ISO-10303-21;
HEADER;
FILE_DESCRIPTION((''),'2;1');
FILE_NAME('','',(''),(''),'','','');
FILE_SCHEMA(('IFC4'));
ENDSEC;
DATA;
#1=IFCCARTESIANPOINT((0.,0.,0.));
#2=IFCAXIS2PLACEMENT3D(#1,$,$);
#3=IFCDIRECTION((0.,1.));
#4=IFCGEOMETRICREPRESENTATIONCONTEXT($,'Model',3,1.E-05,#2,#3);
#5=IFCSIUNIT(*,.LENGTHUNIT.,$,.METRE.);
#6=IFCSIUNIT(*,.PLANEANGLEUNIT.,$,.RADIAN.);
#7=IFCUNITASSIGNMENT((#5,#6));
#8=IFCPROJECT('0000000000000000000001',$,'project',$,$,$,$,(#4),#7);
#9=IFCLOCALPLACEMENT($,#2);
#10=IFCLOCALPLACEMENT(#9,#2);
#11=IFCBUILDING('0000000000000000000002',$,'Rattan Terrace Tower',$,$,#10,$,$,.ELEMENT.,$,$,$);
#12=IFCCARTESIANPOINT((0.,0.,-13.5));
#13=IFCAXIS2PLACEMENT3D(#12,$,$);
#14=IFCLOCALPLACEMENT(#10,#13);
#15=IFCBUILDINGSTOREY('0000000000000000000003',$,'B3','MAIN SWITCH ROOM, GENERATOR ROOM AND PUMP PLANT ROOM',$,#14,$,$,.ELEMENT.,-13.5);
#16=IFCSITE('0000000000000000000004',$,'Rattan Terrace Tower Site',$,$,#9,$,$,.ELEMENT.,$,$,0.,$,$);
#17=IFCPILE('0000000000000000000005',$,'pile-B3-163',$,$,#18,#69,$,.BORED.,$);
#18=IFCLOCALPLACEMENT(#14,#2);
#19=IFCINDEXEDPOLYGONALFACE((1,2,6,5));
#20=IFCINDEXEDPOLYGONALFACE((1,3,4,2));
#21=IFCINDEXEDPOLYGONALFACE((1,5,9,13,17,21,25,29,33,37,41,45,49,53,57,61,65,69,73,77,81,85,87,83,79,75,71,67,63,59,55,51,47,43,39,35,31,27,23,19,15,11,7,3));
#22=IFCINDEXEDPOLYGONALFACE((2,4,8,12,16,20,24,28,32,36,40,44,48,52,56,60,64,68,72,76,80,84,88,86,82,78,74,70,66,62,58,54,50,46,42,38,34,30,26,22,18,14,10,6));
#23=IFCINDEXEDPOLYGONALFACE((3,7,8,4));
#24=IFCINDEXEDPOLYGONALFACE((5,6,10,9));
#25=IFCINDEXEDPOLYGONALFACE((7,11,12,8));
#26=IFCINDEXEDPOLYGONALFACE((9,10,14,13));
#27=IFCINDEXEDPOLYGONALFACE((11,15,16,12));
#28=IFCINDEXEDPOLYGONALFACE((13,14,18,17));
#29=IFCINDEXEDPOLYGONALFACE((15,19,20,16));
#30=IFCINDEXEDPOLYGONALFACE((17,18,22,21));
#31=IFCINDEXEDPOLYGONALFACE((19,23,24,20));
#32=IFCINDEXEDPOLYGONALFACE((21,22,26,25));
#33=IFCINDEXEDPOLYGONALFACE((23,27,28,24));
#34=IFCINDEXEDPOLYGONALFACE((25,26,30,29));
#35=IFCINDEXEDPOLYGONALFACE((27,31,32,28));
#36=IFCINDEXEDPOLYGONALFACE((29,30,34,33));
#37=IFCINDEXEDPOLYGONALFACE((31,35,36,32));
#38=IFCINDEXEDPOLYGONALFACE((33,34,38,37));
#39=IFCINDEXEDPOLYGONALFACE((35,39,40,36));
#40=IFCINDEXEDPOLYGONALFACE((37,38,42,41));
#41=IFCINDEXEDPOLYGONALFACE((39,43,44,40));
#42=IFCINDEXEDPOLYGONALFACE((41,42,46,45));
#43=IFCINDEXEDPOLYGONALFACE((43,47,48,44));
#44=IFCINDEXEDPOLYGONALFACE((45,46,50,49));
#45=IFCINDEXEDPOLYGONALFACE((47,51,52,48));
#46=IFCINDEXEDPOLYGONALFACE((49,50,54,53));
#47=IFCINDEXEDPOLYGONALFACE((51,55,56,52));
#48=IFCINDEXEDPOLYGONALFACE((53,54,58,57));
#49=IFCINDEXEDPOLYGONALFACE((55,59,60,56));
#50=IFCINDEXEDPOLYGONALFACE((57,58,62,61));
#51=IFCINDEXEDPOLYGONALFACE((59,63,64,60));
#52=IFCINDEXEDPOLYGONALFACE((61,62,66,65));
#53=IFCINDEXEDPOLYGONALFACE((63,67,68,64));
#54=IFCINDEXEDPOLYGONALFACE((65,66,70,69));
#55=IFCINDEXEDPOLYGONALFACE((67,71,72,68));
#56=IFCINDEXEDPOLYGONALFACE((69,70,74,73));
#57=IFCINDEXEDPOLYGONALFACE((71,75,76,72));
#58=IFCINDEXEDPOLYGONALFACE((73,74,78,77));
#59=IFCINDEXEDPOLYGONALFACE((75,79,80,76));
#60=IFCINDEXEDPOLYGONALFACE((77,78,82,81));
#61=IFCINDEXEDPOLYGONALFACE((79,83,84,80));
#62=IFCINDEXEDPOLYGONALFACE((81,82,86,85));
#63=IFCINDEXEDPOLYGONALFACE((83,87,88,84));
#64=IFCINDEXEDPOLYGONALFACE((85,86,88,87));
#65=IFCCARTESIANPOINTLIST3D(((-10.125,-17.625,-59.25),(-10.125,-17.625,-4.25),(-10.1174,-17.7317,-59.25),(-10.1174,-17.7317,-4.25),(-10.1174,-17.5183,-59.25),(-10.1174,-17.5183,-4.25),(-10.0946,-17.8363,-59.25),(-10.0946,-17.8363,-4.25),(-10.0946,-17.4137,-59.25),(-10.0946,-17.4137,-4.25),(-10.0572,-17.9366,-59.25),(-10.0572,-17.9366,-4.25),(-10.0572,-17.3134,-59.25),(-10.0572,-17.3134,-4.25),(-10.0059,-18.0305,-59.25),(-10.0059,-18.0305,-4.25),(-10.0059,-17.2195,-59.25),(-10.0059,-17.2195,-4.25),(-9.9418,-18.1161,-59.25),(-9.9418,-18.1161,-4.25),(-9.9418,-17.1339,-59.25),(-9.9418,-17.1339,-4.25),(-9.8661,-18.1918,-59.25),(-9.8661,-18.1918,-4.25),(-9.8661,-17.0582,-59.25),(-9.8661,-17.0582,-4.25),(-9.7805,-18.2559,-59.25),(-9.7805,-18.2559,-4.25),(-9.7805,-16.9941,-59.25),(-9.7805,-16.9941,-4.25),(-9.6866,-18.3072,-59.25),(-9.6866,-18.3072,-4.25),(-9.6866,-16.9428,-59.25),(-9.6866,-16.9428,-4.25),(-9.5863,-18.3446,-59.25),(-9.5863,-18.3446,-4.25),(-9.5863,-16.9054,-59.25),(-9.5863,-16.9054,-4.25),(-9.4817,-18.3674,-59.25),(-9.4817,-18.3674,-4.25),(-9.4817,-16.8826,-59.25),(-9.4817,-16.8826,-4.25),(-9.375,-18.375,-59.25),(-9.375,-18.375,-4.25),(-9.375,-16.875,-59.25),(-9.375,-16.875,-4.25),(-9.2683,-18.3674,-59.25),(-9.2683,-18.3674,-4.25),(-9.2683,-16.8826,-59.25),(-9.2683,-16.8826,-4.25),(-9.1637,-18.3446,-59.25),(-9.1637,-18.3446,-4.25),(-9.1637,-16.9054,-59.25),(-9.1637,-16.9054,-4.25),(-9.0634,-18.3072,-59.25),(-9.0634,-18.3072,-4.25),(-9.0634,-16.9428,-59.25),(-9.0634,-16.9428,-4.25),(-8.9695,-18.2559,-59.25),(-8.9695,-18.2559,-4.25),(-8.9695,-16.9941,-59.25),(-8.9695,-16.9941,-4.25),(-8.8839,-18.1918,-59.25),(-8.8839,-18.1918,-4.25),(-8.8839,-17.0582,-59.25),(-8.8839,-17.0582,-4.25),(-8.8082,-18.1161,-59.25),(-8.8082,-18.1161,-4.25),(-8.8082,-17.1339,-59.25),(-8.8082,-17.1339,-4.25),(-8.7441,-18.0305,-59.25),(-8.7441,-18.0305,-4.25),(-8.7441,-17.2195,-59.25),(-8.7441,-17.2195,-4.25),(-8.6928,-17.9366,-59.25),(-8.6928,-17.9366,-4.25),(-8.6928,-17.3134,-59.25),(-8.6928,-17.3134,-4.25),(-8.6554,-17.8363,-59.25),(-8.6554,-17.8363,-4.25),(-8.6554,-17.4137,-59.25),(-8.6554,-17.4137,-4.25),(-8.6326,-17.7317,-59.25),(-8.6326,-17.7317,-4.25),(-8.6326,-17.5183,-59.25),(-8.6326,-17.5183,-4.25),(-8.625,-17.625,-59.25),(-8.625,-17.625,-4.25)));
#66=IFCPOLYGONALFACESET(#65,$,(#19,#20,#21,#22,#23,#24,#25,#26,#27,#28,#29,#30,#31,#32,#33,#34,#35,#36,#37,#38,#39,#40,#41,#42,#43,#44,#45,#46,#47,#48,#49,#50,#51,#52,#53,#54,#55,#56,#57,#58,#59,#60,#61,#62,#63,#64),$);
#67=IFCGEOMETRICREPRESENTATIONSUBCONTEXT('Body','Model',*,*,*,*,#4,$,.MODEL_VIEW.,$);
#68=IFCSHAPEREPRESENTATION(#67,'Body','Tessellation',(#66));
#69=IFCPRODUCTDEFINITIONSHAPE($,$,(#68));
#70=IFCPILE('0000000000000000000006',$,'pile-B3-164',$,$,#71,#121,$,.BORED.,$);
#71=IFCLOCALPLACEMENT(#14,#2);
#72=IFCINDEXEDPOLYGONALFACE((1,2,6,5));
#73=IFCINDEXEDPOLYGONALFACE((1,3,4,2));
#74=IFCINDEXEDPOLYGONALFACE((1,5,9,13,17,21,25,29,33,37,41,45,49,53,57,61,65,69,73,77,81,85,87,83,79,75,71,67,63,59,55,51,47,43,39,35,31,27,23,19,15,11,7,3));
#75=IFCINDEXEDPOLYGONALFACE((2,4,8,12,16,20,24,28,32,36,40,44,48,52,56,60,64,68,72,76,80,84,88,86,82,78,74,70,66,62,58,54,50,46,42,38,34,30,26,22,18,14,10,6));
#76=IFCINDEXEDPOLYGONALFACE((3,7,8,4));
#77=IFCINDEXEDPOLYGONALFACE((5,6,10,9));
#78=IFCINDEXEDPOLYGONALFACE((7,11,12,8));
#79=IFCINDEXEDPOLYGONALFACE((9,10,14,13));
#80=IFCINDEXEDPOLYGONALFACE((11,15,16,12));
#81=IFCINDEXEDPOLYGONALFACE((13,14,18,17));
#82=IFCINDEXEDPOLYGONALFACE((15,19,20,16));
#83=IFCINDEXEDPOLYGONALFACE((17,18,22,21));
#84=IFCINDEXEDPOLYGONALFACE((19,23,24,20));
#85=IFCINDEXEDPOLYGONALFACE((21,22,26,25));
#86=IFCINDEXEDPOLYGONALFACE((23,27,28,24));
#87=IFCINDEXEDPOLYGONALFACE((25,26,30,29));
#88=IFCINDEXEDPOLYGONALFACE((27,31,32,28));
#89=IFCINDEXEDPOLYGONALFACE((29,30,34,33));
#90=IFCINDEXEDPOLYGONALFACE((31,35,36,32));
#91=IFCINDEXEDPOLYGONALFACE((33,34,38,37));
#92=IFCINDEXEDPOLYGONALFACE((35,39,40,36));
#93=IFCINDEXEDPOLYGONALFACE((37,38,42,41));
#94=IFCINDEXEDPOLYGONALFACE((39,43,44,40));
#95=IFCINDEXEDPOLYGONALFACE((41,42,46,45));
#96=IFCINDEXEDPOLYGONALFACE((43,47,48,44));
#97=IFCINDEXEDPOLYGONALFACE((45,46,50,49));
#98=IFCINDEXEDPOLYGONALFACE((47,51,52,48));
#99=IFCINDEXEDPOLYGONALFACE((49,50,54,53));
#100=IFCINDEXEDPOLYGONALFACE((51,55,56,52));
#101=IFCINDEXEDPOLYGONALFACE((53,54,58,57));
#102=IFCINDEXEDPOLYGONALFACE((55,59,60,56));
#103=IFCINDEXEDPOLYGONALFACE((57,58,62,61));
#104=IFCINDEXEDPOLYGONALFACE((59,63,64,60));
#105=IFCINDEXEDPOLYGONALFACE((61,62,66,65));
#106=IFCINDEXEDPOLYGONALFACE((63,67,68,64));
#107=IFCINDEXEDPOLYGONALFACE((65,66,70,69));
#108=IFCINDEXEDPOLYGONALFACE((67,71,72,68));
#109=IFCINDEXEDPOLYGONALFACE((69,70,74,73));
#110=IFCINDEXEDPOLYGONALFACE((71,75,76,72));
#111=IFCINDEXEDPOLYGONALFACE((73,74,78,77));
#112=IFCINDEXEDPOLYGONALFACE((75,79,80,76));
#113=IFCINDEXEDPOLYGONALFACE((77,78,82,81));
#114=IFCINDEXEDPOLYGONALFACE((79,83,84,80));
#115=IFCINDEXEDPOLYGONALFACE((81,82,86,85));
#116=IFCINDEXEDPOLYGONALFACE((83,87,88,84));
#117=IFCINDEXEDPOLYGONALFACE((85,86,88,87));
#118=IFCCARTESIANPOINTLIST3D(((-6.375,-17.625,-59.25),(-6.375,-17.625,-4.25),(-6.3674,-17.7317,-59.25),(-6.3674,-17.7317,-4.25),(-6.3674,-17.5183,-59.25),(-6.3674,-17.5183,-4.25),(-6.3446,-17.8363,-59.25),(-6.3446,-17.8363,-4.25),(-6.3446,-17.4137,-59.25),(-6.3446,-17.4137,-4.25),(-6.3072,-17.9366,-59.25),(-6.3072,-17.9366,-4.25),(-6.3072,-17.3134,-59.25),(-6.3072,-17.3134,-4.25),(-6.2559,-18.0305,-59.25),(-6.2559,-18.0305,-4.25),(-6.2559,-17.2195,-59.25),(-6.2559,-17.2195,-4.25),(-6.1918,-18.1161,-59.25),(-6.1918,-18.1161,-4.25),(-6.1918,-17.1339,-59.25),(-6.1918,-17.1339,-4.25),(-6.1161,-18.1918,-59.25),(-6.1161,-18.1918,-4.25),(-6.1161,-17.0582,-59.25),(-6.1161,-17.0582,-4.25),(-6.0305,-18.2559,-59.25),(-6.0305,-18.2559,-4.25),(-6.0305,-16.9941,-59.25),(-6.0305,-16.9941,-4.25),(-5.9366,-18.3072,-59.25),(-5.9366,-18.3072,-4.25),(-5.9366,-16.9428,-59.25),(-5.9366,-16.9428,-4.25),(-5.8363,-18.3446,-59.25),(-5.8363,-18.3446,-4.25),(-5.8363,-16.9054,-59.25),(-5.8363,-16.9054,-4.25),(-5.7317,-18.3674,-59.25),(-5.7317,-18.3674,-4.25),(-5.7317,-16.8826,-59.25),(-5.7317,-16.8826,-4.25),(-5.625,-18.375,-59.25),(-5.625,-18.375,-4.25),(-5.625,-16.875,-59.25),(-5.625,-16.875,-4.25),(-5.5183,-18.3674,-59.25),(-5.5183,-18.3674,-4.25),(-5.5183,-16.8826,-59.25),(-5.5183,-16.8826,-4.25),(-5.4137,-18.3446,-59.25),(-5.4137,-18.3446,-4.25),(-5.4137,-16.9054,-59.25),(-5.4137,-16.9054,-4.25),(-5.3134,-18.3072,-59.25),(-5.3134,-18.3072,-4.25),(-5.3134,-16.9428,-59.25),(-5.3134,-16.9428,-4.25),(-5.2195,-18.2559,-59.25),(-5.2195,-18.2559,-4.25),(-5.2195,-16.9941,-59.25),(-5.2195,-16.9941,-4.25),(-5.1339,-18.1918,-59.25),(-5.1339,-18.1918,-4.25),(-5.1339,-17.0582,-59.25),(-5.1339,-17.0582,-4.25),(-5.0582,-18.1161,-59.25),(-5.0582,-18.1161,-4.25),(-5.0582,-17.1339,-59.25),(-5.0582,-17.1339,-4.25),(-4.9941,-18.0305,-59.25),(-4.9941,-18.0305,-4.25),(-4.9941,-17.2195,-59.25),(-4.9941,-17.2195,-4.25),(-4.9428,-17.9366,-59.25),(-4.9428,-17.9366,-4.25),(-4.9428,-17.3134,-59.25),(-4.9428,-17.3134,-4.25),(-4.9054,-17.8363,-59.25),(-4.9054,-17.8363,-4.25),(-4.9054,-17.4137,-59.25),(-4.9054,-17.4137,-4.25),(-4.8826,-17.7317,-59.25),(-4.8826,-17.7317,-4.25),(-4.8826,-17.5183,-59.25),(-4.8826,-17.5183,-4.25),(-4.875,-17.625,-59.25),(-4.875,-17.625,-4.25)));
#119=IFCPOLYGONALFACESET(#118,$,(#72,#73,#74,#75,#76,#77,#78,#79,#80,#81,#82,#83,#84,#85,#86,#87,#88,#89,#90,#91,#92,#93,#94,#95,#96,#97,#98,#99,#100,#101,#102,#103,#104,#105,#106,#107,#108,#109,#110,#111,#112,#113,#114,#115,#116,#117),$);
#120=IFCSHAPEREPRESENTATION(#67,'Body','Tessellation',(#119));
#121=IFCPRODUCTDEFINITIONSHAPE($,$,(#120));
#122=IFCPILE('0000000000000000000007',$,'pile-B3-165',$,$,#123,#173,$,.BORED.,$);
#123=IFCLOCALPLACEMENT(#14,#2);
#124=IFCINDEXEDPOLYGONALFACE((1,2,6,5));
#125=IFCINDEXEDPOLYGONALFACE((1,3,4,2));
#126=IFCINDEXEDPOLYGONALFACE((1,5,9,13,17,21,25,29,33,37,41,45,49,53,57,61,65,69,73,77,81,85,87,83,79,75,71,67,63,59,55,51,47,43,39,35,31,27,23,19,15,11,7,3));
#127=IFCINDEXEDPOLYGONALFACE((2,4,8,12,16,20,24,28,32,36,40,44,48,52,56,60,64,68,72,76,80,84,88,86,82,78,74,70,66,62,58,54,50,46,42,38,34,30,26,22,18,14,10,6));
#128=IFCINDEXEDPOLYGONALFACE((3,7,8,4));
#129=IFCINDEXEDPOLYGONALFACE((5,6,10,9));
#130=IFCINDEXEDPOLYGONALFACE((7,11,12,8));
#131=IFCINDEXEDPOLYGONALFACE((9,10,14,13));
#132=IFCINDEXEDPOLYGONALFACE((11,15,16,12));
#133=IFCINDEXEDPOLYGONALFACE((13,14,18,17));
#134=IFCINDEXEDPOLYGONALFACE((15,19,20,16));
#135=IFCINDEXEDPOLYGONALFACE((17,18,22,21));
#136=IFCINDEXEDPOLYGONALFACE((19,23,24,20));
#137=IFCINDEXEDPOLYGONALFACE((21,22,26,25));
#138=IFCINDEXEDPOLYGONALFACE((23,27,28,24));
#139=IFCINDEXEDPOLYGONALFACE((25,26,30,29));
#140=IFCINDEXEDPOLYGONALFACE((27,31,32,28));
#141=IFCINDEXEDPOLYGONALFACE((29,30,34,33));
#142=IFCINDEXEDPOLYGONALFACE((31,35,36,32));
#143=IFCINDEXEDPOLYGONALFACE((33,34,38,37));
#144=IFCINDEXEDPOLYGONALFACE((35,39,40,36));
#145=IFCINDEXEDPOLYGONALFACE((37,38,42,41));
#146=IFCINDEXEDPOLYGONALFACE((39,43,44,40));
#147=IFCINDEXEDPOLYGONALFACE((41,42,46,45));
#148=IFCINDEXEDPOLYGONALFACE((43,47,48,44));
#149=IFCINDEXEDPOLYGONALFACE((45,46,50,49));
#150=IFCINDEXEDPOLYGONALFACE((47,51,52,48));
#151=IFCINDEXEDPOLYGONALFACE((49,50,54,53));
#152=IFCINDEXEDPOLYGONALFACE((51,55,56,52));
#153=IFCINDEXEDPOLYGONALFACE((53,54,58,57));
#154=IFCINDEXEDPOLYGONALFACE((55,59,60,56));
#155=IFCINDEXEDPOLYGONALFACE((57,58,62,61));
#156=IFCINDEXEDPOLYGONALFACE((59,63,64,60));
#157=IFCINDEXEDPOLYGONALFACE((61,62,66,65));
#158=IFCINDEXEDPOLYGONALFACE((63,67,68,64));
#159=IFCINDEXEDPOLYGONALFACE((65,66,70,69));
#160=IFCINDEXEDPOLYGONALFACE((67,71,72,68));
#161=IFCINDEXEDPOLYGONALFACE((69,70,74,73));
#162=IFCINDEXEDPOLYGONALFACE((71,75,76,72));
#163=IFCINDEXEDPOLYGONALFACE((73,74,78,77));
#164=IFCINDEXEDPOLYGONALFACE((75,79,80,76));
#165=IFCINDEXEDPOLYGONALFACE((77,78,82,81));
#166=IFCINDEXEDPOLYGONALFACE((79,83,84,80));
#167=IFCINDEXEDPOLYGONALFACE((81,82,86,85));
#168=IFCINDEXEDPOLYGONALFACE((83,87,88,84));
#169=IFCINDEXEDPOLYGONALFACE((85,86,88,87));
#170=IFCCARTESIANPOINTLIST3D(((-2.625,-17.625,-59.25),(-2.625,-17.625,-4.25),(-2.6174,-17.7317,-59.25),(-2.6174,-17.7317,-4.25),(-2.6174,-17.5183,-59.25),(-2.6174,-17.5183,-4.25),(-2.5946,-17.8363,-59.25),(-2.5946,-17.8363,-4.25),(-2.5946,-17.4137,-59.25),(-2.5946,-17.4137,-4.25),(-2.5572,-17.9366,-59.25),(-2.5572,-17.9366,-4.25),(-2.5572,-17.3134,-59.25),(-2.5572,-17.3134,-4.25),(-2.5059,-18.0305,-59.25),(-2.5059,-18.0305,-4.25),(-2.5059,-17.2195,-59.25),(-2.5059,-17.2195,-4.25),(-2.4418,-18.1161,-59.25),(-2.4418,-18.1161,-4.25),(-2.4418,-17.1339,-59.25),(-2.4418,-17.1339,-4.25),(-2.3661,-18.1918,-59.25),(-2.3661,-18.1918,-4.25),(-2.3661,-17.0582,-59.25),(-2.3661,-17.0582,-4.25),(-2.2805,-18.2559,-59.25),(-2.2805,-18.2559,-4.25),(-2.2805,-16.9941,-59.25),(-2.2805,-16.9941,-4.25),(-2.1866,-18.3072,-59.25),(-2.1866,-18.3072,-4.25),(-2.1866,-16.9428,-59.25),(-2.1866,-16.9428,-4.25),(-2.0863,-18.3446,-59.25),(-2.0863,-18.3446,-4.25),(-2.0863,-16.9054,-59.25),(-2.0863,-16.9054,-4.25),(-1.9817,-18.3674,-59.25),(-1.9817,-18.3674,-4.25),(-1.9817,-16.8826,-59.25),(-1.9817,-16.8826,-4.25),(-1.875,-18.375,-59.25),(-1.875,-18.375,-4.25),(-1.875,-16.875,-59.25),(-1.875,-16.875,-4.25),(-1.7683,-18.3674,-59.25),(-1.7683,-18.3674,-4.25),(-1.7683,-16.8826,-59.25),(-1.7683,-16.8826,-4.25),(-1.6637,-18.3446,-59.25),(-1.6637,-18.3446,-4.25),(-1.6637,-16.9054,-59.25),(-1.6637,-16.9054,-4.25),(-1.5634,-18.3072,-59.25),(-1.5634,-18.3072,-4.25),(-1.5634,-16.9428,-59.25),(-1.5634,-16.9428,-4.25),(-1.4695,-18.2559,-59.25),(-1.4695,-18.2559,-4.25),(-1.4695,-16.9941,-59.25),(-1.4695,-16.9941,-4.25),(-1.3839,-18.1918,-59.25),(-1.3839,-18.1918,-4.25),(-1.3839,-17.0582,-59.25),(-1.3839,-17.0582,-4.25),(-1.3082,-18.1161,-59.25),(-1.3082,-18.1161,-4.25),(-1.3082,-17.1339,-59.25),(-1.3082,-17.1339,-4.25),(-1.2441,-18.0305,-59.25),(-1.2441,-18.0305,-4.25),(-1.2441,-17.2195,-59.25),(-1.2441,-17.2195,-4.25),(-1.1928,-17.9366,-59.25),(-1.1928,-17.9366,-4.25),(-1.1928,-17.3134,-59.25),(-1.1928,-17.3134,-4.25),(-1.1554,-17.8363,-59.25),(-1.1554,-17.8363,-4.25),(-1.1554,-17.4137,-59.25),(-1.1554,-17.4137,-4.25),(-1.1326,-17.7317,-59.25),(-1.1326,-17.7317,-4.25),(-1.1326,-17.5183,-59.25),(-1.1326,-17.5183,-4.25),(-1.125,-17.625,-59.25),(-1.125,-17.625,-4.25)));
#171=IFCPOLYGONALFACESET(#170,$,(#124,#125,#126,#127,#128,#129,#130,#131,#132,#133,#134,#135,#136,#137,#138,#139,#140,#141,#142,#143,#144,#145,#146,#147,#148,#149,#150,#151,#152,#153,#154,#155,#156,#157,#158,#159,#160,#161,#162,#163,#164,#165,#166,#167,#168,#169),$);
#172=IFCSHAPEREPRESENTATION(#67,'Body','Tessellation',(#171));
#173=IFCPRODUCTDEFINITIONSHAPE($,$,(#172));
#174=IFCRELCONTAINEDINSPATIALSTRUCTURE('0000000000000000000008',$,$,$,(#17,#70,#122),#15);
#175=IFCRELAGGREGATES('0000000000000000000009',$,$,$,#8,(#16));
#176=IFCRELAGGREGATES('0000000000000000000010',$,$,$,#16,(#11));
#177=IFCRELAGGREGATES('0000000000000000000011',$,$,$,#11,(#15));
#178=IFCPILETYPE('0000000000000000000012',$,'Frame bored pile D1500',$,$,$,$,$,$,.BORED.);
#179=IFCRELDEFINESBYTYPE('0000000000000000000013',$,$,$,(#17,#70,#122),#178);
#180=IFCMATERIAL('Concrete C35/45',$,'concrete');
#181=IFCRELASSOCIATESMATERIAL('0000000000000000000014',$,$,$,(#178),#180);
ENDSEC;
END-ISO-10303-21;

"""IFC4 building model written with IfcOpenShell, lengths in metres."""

from ifc_helpers import new_model, si_unit, direction, frame, origin, origin_2d, place, context, subcontext, project, spatial, circle, extrude, material, material_profile, profile_set, type_object, element, save


model = new_model("IFC4")

# Units and contexts
model_context = context("Model", 3, precision=1e-05, world=origin(), true_north=direction((0.0, 1.0)))
body_context = subcontext(model_context, "Body", "Model", "MODEL_VIEW")
ifc_project = project(units=[si_unit("LENGTHUNIT", "METRE"), si_unit("PLANEANGLEUNIT", "RADIAN")], contexts=[model_context])

# Site, building, storey
site_placement = place(None, origin())
site = spatial("IfcSite", under=ifc_project, at=site_placement, Name="Rattan Terrace Tower Site", CompositionType="ELEMENT", RefElevation=0.0)
building_placement = place(site_placement, origin())
building = spatial("IfcBuilding", under=site, at=building_placement, Name="Rattan Terrace Tower", CompositionType="ELEMENT")
storey_placement = place(building_placement, frame((0.0, 0.0, -13.5)))
storey = spatial("IfcBuildingStorey", under=building, at=storey_placement, Name="B3", Description="MAIN SWITCH ROOM, GENERATOR ROOM AND PUMP PLANT ROOM", CompositionType="ELEMENT", Elevation=-13.5)

# Piles
ifc_material_1 = material(Name="Concrete C35/45", Category="concrete")
ifc_material_profile = material_profile(ifc_material_1, circle(Radius=0.75, at=origin_2d()), Name="PILE D1500")
ifc_profile_set = profile_set([ifc_material_profile], Name="Concrete C35/45")
pile_type = type_object("IfcPileType", Name="Frame bored pile D1500", PredefinedType="BORED", material=ifc_profile_set)
for number, where, z_axis, x_axis, name in (
    (1, (-9.375, -17.625, -4.25), (0.0, 0.0, -1.0), (1.0, 0.0, 0.0), "pile-B3-163"),
    (2, (-5.625, -17.625, -4.25), (0.0, 0.0, -1.0), (1.0, 0.0, 0.0), "pile-B3-164"),
    (3, (-1.875, -17.625, -4.25), (0.0, 0.0, -1.0), (1.0, 0.0, 0.0), "pile-B3-165"),
):
    element("IfcPile", number, at=place(storey_placement, frame(where, z_axis=z_axis, x_axis=x_axis)), inside=storey, type_object=pile_type, Name=name, PredefinedType="BORED", context=body_context, shape_type="SweptSolid", body=[
        extrude(circle(Radius=0.75, at=origin_2d()), origin(), (0.0, 0.0, 1.0), 55.0),
    ])

save(model, "model.ifc")
